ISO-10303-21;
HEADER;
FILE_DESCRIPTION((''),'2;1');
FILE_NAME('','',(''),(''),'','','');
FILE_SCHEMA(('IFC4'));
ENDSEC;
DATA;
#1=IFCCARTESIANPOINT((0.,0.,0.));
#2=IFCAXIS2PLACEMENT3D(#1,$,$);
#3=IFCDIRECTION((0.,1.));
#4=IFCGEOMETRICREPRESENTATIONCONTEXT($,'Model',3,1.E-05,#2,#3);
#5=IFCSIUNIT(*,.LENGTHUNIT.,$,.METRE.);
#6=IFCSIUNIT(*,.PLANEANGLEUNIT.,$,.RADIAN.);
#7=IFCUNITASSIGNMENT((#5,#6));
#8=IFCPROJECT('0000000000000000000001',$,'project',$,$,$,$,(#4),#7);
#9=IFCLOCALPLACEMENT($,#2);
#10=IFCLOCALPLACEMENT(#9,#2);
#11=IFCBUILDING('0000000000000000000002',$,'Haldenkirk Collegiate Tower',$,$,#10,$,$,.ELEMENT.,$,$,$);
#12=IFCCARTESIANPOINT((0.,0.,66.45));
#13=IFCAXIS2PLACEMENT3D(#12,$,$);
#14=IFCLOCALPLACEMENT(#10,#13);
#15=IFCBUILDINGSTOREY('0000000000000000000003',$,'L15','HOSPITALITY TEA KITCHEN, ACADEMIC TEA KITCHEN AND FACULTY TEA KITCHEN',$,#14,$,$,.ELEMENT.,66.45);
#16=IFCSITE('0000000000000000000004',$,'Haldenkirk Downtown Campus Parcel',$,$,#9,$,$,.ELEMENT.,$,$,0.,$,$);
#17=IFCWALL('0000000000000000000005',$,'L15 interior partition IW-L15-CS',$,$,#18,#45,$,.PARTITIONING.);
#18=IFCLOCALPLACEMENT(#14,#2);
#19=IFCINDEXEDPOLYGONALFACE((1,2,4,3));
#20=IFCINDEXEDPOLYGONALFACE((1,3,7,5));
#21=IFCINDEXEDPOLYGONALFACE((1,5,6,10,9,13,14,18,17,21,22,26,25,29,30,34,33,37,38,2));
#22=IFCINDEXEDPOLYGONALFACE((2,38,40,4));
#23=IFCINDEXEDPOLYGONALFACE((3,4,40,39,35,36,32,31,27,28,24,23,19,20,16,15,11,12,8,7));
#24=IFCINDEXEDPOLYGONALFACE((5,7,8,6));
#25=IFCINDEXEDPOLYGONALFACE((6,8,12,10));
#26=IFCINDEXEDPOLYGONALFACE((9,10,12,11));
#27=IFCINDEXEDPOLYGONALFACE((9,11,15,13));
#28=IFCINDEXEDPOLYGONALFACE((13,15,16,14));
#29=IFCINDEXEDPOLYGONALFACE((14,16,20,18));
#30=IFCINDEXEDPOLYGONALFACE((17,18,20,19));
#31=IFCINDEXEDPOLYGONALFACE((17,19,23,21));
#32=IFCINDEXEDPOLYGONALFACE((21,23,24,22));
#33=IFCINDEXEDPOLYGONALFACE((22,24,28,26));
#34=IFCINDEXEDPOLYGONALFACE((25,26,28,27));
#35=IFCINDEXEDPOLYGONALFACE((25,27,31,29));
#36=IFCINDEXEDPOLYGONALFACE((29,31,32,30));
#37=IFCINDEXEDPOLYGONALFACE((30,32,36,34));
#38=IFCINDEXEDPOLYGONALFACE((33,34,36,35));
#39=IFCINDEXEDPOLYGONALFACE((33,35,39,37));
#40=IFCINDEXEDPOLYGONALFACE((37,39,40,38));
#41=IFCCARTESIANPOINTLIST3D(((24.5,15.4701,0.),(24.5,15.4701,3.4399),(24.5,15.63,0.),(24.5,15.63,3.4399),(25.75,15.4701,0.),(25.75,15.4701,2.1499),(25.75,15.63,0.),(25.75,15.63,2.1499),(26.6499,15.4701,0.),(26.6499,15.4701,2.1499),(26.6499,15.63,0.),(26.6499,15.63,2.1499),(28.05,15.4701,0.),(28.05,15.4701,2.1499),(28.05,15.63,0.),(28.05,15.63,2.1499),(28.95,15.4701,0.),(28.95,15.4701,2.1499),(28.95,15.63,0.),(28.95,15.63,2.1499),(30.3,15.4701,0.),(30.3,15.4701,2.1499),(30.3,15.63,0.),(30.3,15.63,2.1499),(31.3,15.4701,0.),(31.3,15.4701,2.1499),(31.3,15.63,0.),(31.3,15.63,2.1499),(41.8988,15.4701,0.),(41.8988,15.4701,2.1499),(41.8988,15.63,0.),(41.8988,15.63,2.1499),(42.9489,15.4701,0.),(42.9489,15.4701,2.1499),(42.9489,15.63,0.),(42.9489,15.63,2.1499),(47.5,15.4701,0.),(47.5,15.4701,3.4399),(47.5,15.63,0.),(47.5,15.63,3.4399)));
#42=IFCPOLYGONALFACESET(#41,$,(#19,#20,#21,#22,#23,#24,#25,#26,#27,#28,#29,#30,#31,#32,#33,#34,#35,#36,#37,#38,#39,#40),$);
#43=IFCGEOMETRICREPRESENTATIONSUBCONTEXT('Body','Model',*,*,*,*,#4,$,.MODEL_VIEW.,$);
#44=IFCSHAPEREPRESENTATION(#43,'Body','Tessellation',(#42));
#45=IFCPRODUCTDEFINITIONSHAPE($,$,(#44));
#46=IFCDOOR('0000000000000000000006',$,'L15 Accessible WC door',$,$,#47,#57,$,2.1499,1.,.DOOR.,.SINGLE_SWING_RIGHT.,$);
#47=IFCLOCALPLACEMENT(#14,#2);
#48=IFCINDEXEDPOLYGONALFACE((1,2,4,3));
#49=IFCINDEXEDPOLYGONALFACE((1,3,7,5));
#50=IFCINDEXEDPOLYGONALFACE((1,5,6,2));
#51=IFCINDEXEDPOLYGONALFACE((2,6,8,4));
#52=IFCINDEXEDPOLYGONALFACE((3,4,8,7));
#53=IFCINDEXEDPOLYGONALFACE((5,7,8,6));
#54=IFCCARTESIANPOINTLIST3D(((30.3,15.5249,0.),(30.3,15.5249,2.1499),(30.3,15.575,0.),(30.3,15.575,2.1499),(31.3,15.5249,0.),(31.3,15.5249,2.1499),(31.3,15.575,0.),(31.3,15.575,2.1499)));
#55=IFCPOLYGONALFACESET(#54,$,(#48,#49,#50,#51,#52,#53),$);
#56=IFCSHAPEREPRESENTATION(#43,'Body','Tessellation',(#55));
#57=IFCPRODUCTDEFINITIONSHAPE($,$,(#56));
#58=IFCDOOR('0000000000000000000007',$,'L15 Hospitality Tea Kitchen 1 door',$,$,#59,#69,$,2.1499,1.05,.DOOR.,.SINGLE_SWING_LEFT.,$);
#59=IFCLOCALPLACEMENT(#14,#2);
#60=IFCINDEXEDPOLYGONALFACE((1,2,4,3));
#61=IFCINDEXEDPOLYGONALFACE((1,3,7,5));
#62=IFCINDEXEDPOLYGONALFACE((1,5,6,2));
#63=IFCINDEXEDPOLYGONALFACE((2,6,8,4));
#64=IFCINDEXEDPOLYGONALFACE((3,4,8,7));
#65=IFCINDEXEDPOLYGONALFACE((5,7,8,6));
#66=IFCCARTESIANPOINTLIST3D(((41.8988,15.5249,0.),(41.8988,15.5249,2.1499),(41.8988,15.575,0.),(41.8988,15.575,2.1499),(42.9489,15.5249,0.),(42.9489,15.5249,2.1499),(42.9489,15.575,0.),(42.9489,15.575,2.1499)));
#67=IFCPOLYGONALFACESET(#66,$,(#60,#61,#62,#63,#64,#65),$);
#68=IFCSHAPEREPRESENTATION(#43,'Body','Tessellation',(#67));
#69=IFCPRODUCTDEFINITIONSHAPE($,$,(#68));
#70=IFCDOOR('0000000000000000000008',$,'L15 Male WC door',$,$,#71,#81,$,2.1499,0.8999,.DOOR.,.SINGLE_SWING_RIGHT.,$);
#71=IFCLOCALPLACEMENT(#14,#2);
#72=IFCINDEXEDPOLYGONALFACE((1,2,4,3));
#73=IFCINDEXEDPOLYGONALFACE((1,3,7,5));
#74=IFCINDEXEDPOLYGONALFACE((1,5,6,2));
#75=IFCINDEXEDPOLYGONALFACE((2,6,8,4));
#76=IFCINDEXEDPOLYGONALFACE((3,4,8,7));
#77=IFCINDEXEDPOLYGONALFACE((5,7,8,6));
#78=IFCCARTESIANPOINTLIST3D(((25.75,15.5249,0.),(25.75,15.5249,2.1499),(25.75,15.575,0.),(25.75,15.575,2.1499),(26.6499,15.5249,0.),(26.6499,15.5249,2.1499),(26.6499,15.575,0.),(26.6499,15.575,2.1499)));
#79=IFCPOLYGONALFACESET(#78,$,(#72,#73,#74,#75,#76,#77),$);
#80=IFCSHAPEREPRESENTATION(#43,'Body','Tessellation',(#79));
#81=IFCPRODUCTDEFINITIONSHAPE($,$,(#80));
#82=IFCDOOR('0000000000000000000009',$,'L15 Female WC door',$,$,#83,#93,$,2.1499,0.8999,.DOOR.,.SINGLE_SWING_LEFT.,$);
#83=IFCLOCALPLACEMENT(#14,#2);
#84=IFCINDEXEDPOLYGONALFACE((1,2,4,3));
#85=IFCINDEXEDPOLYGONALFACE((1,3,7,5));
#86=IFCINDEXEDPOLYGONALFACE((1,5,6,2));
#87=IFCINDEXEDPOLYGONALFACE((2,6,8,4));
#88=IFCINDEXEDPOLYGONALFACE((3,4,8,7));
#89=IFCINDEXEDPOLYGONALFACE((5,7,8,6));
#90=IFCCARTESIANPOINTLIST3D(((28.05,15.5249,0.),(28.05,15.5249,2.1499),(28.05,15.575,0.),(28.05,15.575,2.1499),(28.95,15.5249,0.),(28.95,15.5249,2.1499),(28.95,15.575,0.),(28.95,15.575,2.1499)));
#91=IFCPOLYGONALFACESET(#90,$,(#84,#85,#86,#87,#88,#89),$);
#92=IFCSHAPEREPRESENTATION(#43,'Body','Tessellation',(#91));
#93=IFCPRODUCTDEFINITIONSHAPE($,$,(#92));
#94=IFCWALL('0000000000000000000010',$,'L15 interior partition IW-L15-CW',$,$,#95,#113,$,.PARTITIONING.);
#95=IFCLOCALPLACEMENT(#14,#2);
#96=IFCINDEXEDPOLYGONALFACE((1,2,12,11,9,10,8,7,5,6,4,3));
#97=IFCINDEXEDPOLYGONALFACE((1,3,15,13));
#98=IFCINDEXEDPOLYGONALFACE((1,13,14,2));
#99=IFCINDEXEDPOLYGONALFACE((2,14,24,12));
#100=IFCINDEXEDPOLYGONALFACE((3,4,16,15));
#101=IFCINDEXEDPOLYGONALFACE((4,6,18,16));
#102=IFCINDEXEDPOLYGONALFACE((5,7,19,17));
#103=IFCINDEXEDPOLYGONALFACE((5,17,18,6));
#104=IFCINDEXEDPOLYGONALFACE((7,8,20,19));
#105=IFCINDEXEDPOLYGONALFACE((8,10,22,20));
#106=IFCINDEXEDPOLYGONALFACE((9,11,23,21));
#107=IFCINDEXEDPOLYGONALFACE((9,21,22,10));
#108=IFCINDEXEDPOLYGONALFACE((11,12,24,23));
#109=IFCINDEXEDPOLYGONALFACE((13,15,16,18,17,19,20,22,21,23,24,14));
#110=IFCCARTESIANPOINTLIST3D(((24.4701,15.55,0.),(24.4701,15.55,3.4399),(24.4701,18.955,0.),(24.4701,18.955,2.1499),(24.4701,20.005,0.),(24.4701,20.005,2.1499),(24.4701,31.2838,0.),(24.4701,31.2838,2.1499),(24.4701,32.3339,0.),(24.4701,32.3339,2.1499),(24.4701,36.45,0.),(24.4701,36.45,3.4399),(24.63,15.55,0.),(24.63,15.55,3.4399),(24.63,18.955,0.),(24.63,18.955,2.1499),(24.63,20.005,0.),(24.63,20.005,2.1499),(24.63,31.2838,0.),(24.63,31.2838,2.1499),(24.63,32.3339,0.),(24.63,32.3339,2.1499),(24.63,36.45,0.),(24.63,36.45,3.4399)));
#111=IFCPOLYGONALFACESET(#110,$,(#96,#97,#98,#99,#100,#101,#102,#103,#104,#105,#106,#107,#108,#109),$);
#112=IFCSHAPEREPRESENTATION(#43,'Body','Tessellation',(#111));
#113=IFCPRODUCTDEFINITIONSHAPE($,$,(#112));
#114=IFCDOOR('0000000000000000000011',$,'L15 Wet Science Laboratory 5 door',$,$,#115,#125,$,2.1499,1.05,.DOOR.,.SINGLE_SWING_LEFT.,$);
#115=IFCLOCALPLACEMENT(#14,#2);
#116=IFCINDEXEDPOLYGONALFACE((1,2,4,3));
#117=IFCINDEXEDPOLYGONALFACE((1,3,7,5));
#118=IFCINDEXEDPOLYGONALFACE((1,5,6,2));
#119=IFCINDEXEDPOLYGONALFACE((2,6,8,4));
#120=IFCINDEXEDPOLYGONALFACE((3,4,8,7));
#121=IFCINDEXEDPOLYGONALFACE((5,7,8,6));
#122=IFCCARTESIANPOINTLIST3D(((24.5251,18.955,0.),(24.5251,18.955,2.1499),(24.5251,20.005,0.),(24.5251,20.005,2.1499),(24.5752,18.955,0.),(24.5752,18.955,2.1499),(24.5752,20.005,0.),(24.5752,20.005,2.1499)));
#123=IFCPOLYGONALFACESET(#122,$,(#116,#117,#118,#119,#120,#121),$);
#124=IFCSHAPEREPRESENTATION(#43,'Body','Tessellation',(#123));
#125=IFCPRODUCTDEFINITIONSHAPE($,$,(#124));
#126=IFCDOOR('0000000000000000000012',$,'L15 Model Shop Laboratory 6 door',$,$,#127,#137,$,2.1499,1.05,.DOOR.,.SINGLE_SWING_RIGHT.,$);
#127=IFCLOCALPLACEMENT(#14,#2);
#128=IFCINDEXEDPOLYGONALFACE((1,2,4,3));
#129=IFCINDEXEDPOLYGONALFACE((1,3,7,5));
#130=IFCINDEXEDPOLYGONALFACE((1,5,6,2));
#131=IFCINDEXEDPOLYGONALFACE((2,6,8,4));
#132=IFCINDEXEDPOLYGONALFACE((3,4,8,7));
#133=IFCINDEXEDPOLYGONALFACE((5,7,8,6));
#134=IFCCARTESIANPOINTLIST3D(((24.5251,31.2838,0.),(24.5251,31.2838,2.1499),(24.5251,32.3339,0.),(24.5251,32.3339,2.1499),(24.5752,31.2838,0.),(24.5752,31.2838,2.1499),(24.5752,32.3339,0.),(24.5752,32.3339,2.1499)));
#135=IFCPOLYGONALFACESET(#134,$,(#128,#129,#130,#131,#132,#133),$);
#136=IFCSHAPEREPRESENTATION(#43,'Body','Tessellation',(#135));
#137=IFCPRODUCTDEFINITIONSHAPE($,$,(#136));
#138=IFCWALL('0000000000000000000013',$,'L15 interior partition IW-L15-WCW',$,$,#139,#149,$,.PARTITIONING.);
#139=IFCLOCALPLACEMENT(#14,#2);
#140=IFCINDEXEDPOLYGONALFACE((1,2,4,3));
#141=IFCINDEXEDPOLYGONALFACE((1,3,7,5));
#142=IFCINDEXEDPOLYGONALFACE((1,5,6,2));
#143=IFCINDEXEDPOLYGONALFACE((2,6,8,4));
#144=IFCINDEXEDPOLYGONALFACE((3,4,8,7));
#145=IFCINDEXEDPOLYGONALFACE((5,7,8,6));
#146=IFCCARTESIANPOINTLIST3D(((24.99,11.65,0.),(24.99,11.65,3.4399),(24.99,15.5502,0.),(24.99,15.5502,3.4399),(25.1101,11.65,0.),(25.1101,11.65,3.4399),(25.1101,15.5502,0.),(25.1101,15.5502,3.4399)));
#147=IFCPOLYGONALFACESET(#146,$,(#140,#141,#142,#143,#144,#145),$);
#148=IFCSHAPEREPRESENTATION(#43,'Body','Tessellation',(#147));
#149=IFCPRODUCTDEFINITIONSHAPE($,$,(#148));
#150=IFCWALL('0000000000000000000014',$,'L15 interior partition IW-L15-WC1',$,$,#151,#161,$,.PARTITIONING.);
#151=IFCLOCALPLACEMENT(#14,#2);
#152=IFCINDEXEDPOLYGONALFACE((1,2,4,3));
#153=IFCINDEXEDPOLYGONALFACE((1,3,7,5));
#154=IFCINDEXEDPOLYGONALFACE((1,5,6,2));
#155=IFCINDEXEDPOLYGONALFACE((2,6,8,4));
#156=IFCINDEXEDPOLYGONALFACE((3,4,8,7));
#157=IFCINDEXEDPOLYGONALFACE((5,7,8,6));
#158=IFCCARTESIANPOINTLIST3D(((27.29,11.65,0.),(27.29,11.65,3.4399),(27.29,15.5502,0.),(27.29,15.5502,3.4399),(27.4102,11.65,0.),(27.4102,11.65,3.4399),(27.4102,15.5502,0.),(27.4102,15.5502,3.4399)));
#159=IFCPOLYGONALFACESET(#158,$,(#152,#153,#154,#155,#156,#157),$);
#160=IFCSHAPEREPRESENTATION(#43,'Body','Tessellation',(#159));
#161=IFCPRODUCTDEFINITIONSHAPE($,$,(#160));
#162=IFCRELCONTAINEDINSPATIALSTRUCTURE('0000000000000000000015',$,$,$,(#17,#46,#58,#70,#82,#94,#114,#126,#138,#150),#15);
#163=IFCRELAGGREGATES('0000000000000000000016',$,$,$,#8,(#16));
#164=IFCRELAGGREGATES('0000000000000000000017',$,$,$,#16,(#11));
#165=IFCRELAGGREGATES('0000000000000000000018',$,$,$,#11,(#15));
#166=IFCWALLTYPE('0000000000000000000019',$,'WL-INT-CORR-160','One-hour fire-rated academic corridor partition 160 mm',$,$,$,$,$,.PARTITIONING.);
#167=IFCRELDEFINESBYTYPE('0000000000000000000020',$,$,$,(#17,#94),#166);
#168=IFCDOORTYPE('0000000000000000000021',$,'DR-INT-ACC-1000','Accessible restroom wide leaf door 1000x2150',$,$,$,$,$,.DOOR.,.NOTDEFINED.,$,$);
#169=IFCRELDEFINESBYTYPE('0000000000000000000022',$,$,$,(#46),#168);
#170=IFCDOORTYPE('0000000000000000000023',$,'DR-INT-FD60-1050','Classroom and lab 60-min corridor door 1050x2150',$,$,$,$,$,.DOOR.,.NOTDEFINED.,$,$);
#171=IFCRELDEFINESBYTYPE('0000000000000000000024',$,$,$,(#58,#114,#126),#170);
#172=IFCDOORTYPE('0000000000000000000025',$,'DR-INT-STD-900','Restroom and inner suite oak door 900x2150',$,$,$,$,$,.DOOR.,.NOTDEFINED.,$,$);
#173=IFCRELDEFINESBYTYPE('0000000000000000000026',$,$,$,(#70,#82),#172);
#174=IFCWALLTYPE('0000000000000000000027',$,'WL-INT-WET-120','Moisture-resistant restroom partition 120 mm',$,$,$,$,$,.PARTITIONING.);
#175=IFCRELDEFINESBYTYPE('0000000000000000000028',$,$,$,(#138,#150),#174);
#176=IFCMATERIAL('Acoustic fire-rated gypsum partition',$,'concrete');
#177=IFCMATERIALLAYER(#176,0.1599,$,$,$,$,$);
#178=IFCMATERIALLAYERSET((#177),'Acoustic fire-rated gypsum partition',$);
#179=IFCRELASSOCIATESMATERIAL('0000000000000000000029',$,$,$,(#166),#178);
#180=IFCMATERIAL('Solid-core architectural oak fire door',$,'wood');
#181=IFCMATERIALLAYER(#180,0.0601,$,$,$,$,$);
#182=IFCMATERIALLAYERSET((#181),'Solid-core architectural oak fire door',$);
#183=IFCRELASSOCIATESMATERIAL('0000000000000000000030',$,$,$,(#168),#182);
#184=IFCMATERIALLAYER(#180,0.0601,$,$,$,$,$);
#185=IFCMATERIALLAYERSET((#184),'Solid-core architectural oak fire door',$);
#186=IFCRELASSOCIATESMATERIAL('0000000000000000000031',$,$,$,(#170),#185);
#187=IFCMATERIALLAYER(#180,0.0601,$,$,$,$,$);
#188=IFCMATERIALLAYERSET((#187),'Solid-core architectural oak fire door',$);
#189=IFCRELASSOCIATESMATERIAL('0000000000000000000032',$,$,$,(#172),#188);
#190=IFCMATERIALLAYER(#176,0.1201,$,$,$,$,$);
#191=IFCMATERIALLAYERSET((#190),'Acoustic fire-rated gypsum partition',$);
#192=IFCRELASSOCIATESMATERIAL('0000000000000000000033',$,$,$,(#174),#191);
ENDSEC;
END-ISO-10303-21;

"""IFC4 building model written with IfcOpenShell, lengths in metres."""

from ifc_helpers import new_model, si_unit, direction, frame, frame_2d, origin, place, context, subcontext, project, spatial, rectangle, extrude, material, layer, layer_set, type_object, element, fill, save


model = new_model("IFC4")

# Units and contexts
model_context = context("Model", 3, precision=1e-05, world=origin(), true_north=direction((0.0, 1.0)))
body_context = subcontext(model_context, "Body", "Model", "MODEL_VIEW")
ifc_project = project(units=[si_unit("LENGTHUNIT", "METRE"), si_unit("PLANEANGLEUNIT", "RADIAN")], contexts=[model_context])

# Site, building, storey
site_placement = place(None, origin())
site = spatial("IfcSite", under=ifc_project, at=site_placement, Name="Haldenkirk Downtown Campus Parcel", CompositionType="ELEMENT", RefElevation=0.0)
building_placement = place(site_placement, origin())
building = spatial("IfcBuilding", under=site, at=building_placement, Name="Haldenkirk Collegiate Tower", CompositionType="ELEMENT")
storey_placement = place(building_placement, frame((0.0, 0.0, 66.45)))
storey = spatial("IfcBuildingStorey", under=building, at=storey_placement, Name="L15", Description="HOSPITALITY TEA KITCHEN, ACADEMIC TEA KITCHEN AND FACULTY TEA KITCHEN", CompositionType="ELEMENT", Elevation=66.45)

# Walls, openings, doors
ifc_material_1 = material(Name="Acoustic fire-rated gypsum partition", Category="concrete")
ifc_layer_1 = layer(ifc_material_1, 0.1599)
ifc_layer_set_1 = layer_set([ifc_layer_1], Name="Acoustic fire-rated gypsum partition")
wall_type_1 = type_object("IfcWallType", Name="WL-INT-CORR-160", Description="One-hour fire-rated academic corridor partition 160 mm", PredefinedType="PARTITIONING", material=ifc_layer_set_1)
wall_1_placement = place(storey_placement, frame((24.5, 15.55, 0.0), z_axis=(0.0, 0.0, 1.0), x_axis=(1.0, 0.0, 0.0)))
wall_1 = element("IfcWall", 1, at=wall_1_placement, inside=storey, type_object=wall_type_1, Name="L15 interior partition IW-L15-CS", PredefinedType="PARTITIONING", context=body_context, shape_type="SweptSolid", body=[
    extrude(rectangle(XDim=23.0, YDim=0.1599, at=frame_2d((11.5, 0.0))), origin(), (0.0, 0.0, 1.0), 3.4399),
])
opening_1_placement = place(wall_1_placement, frame((1.25, 0.0, 0.0)))
opening_1 = element("IfcOpeningElement", 2, at=opening_1_placement, cuts=wall_1, PredefinedType="OPENING", context=body_context, shape_type="SweptSolid", body=[
    extrude(rectangle(XDim=0.8999, YDim=2.1499, at=frame_2d((0.45, 1.075))), frame((0.0, 0.0898, 0.0), z_axis=(0.0, -1.0, 0.0), x_axis=(1.0, 0.0, 0.0)), (0.0, 0.0, 1.0), 0.1799),
])
opening_2_placement = place(wall_1_placement, frame((3.55, 0.0, 0.0)))
opening_2 = element("IfcOpeningElement", 3, at=opening_2_placement, cuts=wall_1, PredefinedType="OPENING", context=body_context, shape_type="SweptSolid", body=[
    extrude(rectangle(XDim=0.8999, YDim=2.1499, at=frame_2d((0.45, 1.075))), frame((0.0, 0.0898, 0.0), z_axis=(0.0, -1.0, 0.0), x_axis=(1.0, 0.0, 0.0)), (0.0, 0.0, 1.0), 0.1799),
])
opening_3_placement = place(wall_1_placement, frame((5.8, 0.0, 0.0)))
opening_3 = element("IfcOpeningElement", 4, at=opening_3_placement, cuts=wall_1, PredefinedType="OPENING", context=body_context, shape_type="SweptSolid", body=[
    extrude(rectangle(XDim=1.0, YDim=2.1499, at=frame_2d((0.5, 1.075))), frame((0.0, 0.0898, 0.0), z_axis=(0.0, -1.0, 0.0), x_axis=(1.0, 0.0, 0.0)), (0.0, 0.0, 1.0), 0.1799),
])
opening_4_placement = place(wall_1_placement, frame((17.3989, 0.0, 0.0)))
opening_4 = element("IfcOpeningElement", 5, at=opening_4_placement, cuts=wall_1, PredefinedType="OPENING", context=body_context, shape_type="SweptSolid", body=[
    extrude(rectangle(XDim=1.05, YDim=2.1499, at=frame_2d((0.5249, 1.075))), frame((0.0, 0.0898, 0.0), z_axis=(0.0, -1.0, 0.0), x_axis=(1.0, 0.0, 0.0)), (0.0, 0.0, 1.0), 0.1799),
])
ifc_material_2 = material(Name="Solid-core architectural oak fire door", Category="wood")
ifc_layer_2 = layer(ifc_material_2, 0.0601)
ifc_layer_set_2 = layer_set([ifc_layer_2], Name="Solid-core architectural oak fire door")
door_type_1 = type_object("IfcDoorType", Name="DR-INT-ACC-1000", Description="Accessible restroom wide leaf door 1000x2150", OperationType="NOTDEFINED", PredefinedType="DOOR", material=ifc_layer_set_2)
door_1_placement = place(opening_3_placement, origin())
door_1 = element("IfcDoor", 6, at=door_1_placement, inside=storey, type_object=door_type_1, Name="L15 Accessible WC door", OperationType="SINGLE_SWING_RIGHT", OverallHeight=2.1499, OverallWidth=1.0, PredefinedType="DOOR", context=body_context, shape_type="SweptSolid", body=[
    extrude(rectangle(XDim=1.0, YDim=2.1499, at=frame_2d((0.5, 1.075))), frame((0.0, 0.0249, 0.0), z_axis=(0.0, -1.0, 0.0), x_axis=(1.0, 0.0, 0.0)), (0.0, 0.0, 1.0), 0.05),
])
fill(opening_3, door_1)
ifc_layer_3 = layer(ifc_material_2, 0.0601)
ifc_layer_set_3 = layer_set([ifc_layer_3], Name="Solid-core architectural oak fire door")
door_type_2 = type_object("IfcDoorType", Name="DR-INT-FD60-1050", Description="Classroom and lab 60-min corridor door 1050x2150", OperationType="NOTDEFINED", PredefinedType="DOOR", material=ifc_layer_set_3)
door_2_placement = place(opening_4_placement, origin())
door_2 = element("IfcDoor", 7, at=door_2_placement, inside=storey, type_object=door_type_2, Name="L15 Hospitality Tea Kitchen 1 door", OperationType="SINGLE_SWING_LEFT", OverallHeight=2.1499, OverallWidth=1.05, PredefinedType="DOOR", context=body_context, shape_type="SweptSolid", body=[
    extrude(rectangle(XDim=1.05, YDim=2.1499, at=frame_2d((0.5249, 1.075))), frame((0.0, 0.0249, 0.0), z_axis=(0.0, -1.0, 0.0), x_axis=(1.0, 0.0, 0.0)), (0.0, 0.0, 1.0), 0.05),
])
fill(opening_4, door_2)
ifc_layer_4 = layer(ifc_material_2, 0.0601)
ifc_layer_set_4 = layer_set([ifc_layer_4], Name="Solid-core architectural oak fire door")
door_type_3 = type_object("IfcDoorType", Name="DR-INT-STD-900", Description="Restroom and inner suite oak door 900x2150", OperationType="NOTDEFINED", PredefinedType="DOOR", material=ifc_layer_set_4)
door_3_placement = place(opening_1_placement, origin())
door_3 = element("IfcDoor", 8, at=door_3_placement, inside=storey, type_object=door_type_3, Name="L15 Male WC door", OperationType="SINGLE_SWING_RIGHT", OverallHeight=2.1499, OverallWidth=0.8999, PredefinedType="DOOR", context=body_context, shape_type="SweptSolid", body=[
    extrude(rectangle(XDim=0.8999, YDim=2.1499, at=frame_2d((0.45, 1.075))), frame((0.0, 0.0249, 0.0), z_axis=(0.0, -1.0, 0.0), x_axis=(1.0, 0.0, 0.0)), (0.0, 0.0, 1.0), 0.05),
])
fill(opening_1, door_3)
door_4_placement = place(opening_2_placement, origin())
door_4 = element("IfcDoor", 9, at=door_4_placement, inside=storey, type_object=door_type_3, Name="L15 Female WC door", OperationType="SINGLE_SWING_LEFT", OverallHeight=2.1499, OverallWidth=0.8999, PredefinedType="DOOR", context=body_context, shape_type="SweptSolid", body=[
    extrude(rectangle(XDim=0.8999, YDim=2.1499, at=frame_2d((0.45, 1.075))), frame((0.0, 0.0249, 0.0), z_axis=(0.0, -1.0, 0.0), x_axis=(1.0, 0.0, 0.0)), (0.0, 0.0, 1.0), 0.05),
])
fill(opening_2, door_4)
wall_2_placement = place(storey_placement, frame((24.55, 15.55, 0.0), z_axis=(0.0, 0.0, 1.0), x_axis=(0.0, 1.0, 0.0)))
wall_2 = element("IfcWall", 10, at=wall_2_placement, inside=storey, type_object=wall_type_1, Name="L15 interior partition IW-L15-CW", PredefinedType="PARTITIONING", context=body_context, shape_type="SweptSolid", body=[
    extrude(rectangle(XDim=20.8999, YDim=0.1599, at=frame_2d((10.45, 0.0))), origin(), (0.0, 0.0, 1.0), 3.4399),
])
opening_5_placement = place(wall_2_placement, frame((3.405, 0.0, 0.0)))
opening_5 = element("IfcOpeningElement", 11, at=opening_5_placement, cuts=wall_2, PredefinedType="OPENING", context=body_context, shape_type="SweptSolid", body=[
    extrude(rectangle(XDim=1.05, YDim=2.1499, at=frame_2d((0.5249, 1.075))), frame((0.0, 0.0898, 0.0), z_axis=(0.0, -1.0, 0.0), x_axis=(1.0, 0.0, 0.0)), (0.0, 0.0, 1.0), 0.1799),
])
opening_6_placement = place(wall_2_placement, frame((15.7339, 0.0, 0.0)))
opening_6 = element("IfcOpeningElement", 12, at=opening_6_placement, cuts=wall_2, PredefinedType="OPENING", context=body_context, shape_type="SweptSolid", body=[
    extrude(rectangle(XDim=1.05, YDim=2.1499, at=frame_2d((0.5249, 1.075))), frame((0.0, 0.0898, 0.0), z_axis=(0.0, -1.0, 0.0), x_axis=(1.0, 0.0, 0.0)), (0.0, 0.0, 1.0), 0.1799),
])
door_5_placement = place(opening_5_placement, origin())
door_5 = element("IfcDoor", 13, at=door_5_placement, inside=storey, type_object=door_type_2, Name="L15 Wet Science Laboratory 5 door", OperationType="SINGLE_SWING_LEFT", OverallHeight=2.1499, OverallWidth=1.05, PredefinedType="DOOR", context=body_context, shape_type="SweptSolid", body=[
    extrude(rectangle(XDim=1.05, YDim=2.1499, at=frame_2d((0.5249, 1.075))), frame((0.0, 0.0249, 0.0), z_axis=(0.0, -1.0, 0.0), x_axis=(1.0, 0.0, 0.0)), (0.0, 0.0, 1.0), 0.05),
])
fill(opening_5, door_5)
door_6_placement = place(opening_6_placement, origin())
door_6 = element("IfcDoor", 14, at=door_6_placement, inside=storey, type_object=door_type_2, Name="L15 Model Shop Laboratory 6 door", OperationType="SINGLE_SWING_RIGHT", OverallHeight=2.1499, OverallWidth=1.05, PredefinedType="DOOR", context=body_context, shape_type="SweptSolid", body=[
    extrude(rectangle(XDim=1.05, YDim=2.1499, at=frame_2d((0.5249, 1.075))), frame((0.0, 0.0249, 0.0), z_axis=(0.0, -1.0, 0.0), x_axis=(1.0, 0.0, 0.0)), (0.0, 0.0, 1.0), 0.05),
])
fill(opening_6, door_6)

# Walls
ifc_layer_5 = layer(ifc_material_1, 0.1201)
ifc_layer_set_5 = layer_set([ifc_layer_5], Name="Acoustic fire-rated gypsum partition")
wall_type_2 = type_object("IfcWallType", Name="WL-INT-WET-120", Description="Moisture-resistant restroom partition 120 mm", PredefinedType="PARTITIONING", material=ifc_layer_set_5)
for number, where, z_axis, x_axis, name in (
    (15, (25.05, 11.6499, 0.0), (0.0, 0.0, 1.0), (0.0, 1.0, 0.0), "L15 interior partition IW-L15-WCW"),
    (16, (27.3501, 11.6499, 0.0), (0.0, 0.0, 1.0), (0.0, 1.0, 0.0), "L15 interior partition IW-L15-WC1"),
):
    element("IfcWall", number, at=place(storey_placement, frame(where, z_axis=z_axis, x_axis=x_axis)), inside=storey, type_object=wall_type_2, Name=name, PredefinedType="PARTITIONING", context=body_context, shape_type="SweptSolid", body=[
        extrude(rectangle(XDim=3.9001, YDim=0.1201, at=frame_2d((1.9502, 0.0))), origin(), (0.0, 0.0, 1.0), 3.4399),
    ])

save(model, "model.ifc")
